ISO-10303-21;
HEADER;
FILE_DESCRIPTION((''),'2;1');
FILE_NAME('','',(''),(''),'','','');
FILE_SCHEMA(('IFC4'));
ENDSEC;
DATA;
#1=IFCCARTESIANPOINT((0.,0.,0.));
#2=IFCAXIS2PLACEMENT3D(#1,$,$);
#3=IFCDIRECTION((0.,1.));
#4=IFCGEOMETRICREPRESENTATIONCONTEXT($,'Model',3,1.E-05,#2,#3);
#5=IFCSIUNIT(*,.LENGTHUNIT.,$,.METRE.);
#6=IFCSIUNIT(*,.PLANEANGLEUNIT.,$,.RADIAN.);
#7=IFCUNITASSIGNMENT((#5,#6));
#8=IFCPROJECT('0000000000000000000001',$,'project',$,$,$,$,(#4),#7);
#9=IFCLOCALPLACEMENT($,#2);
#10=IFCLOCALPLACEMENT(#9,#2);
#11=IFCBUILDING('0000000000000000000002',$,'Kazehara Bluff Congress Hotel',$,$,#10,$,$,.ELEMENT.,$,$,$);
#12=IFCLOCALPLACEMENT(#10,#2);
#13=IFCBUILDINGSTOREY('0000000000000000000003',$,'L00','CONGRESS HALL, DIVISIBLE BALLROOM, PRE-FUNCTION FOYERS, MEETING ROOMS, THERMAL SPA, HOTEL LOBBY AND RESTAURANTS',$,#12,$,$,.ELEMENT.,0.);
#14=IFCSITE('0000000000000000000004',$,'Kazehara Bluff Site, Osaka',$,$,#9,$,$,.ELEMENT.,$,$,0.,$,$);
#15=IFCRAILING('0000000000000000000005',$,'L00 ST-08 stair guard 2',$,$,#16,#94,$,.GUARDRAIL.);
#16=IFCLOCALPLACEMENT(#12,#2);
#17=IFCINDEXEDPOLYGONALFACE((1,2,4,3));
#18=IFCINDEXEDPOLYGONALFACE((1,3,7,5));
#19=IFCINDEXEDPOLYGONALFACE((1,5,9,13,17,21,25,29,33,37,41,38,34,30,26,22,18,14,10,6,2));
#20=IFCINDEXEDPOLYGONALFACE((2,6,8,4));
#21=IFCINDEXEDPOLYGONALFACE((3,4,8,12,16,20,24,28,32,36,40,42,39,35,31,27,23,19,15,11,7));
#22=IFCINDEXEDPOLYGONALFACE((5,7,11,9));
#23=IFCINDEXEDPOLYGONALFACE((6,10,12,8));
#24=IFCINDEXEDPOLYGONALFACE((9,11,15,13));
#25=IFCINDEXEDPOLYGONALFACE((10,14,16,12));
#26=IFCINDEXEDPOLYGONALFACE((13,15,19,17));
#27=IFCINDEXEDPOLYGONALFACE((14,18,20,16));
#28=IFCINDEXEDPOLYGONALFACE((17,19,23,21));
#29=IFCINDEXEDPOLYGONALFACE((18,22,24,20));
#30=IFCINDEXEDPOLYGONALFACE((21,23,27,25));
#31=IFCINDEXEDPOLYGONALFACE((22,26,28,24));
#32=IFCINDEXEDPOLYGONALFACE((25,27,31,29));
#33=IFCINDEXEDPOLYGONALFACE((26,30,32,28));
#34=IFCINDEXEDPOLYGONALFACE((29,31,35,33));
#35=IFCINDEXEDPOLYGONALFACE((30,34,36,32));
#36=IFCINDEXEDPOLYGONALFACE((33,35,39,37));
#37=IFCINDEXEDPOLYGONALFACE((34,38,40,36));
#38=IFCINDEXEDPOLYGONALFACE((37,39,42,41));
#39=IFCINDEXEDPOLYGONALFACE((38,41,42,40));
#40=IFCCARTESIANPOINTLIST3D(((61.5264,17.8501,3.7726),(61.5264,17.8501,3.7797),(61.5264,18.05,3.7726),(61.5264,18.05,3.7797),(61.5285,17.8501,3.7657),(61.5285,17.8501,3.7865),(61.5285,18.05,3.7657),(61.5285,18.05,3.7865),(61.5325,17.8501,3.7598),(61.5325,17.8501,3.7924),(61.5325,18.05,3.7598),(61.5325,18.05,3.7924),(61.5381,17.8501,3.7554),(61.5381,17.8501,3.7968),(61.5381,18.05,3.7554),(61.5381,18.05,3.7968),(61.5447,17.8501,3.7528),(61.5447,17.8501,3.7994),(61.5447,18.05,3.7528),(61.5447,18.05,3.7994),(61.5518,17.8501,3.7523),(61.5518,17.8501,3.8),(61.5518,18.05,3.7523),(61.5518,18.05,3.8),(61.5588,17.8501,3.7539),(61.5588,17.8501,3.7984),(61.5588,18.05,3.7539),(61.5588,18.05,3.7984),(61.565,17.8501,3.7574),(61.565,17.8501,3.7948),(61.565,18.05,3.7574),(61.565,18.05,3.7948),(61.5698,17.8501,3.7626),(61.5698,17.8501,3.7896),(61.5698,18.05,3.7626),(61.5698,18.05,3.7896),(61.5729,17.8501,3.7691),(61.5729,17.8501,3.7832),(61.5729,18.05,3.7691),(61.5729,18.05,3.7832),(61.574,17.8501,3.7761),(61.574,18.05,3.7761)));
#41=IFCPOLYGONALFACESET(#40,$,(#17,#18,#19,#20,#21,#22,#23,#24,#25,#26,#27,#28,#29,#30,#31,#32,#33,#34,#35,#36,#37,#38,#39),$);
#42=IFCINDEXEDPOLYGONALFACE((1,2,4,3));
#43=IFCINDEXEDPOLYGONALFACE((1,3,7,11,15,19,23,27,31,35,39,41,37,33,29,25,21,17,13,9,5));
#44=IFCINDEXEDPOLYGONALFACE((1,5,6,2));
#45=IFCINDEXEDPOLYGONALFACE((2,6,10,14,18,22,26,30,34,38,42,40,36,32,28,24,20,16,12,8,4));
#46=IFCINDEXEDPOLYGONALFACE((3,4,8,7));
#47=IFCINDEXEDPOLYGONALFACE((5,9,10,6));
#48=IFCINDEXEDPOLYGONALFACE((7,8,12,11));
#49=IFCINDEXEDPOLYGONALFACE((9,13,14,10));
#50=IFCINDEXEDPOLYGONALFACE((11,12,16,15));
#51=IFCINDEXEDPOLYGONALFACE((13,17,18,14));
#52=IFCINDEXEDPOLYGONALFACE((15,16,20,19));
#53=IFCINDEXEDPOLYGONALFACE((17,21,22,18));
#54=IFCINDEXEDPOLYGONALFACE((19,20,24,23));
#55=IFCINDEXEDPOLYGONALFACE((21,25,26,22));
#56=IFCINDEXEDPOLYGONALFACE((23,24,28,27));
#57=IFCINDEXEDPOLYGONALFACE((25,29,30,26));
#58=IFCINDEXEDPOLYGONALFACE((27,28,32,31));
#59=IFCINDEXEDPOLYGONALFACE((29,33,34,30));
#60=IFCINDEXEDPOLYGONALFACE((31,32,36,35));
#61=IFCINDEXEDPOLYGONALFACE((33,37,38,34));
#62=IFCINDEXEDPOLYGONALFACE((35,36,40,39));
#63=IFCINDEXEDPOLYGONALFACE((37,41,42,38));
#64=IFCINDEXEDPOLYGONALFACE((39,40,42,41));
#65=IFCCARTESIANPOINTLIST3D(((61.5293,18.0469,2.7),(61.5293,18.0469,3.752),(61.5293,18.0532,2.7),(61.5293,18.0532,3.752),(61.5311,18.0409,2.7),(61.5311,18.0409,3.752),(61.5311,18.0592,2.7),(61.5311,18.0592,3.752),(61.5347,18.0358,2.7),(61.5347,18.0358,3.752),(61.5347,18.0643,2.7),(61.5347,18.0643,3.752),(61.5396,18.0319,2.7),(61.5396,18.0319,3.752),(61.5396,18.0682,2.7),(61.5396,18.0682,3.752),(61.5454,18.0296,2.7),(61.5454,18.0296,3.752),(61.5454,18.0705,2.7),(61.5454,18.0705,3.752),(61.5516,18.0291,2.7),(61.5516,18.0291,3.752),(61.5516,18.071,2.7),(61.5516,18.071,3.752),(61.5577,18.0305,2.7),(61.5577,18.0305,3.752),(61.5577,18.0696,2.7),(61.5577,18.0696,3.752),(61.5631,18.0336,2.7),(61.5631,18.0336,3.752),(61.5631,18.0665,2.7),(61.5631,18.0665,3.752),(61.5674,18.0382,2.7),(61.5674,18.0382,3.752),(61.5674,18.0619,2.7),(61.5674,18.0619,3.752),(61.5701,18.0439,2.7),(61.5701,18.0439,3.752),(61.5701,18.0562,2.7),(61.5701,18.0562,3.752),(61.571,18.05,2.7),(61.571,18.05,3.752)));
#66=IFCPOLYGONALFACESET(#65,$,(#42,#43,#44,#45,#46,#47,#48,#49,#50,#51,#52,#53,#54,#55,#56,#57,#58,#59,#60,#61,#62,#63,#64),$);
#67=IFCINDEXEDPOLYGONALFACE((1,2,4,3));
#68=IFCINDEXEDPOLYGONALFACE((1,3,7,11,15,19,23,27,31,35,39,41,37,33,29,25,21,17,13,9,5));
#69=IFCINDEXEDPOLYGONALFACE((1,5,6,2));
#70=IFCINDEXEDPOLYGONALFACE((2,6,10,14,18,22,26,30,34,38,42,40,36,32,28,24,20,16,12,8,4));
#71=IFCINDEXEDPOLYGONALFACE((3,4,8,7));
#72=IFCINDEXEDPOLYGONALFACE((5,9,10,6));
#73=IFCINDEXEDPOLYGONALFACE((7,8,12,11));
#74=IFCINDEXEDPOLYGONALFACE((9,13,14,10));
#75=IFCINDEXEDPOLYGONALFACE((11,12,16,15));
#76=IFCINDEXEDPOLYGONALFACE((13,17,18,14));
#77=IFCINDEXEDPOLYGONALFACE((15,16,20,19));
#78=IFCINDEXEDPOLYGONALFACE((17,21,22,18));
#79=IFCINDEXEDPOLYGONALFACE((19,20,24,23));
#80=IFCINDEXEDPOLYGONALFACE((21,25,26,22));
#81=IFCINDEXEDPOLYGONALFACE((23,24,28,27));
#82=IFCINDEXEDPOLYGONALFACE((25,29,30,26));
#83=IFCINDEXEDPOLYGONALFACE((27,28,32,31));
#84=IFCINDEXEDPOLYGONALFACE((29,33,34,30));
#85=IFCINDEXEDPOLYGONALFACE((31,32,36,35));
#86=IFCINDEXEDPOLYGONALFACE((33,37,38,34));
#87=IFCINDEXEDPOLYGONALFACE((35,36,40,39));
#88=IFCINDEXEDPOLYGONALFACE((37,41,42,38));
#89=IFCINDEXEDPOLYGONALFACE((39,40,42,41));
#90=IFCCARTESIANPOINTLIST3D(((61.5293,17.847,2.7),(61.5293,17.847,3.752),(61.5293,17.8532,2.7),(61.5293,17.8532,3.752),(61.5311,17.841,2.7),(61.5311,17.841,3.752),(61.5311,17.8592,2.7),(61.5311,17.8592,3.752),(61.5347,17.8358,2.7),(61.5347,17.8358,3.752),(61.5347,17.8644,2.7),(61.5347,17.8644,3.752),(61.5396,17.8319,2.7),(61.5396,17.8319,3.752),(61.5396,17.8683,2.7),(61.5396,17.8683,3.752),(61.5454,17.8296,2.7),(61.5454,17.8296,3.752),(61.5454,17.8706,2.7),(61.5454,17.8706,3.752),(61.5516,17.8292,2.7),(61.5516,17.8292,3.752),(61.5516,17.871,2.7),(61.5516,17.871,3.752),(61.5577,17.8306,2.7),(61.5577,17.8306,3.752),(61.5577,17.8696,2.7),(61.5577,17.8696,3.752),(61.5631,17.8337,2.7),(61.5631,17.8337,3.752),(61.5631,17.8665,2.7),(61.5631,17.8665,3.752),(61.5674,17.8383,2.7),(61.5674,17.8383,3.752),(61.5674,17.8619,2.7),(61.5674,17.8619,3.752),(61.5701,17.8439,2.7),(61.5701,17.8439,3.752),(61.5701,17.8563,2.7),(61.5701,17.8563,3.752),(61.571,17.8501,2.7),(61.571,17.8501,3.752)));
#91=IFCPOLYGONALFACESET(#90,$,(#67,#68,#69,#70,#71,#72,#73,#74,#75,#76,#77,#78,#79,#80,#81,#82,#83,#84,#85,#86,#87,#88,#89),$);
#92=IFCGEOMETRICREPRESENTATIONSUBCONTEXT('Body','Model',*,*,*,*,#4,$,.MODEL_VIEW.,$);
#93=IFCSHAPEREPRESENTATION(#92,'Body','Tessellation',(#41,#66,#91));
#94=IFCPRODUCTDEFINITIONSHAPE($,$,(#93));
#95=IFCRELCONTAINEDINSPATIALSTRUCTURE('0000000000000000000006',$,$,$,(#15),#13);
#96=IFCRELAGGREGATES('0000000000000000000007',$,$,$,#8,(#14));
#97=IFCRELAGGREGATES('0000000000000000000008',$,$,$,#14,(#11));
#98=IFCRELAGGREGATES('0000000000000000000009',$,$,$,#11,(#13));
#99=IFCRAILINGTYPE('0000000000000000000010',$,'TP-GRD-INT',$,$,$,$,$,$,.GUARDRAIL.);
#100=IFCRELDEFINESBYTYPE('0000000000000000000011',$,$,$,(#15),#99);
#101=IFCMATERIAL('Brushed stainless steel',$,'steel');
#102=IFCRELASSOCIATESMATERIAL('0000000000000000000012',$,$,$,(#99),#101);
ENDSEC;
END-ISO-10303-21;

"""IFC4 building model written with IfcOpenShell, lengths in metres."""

from ifc_helpers import new_model, si_unit, direction, frame, origin, origin_2d, place, context, subcontext, project, spatial, circle, extrude, material, type_object, element, save


model = new_model("IFC4")

# Units and contexts
model_context = context("Model", 3, precision=1e-05, world=origin(), true_north=direction((0.0, 1.0)))
body_context = subcontext(model_context, "Body", "Model", "MODEL_VIEW")
ifc_project = project(units=[si_unit("LENGTHUNIT", "METRE"), si_unit("PLANEANGLEUNIT", "RADIAN")], contexts=[model_context])

# Site, building, storey
site_placement = place(None, origin())
site = spatial("IfcSite", under=ifc_project, at=site_placement, Name="Kazehara Bluff Site, Osaka", CompositionType="ELEMENT", RefElevation=0.0)
building_placement = place(site_placement, origin())
building = spatial("IfcBuilding", under=site, at=building_placement, Name="Kazehara Bluff Congress Hotel", CompositionType="ELEMENT")
storey_placement = place(building_placement, origin())
storey = spatial("IfcBuildingStorey", under=building, at=storey_placement, Name="L00", Description="CONGRESS HALL, DIVISIBLE BALLROOM, PRE-FUNCTION FOYERS, MEETING ROOMS, THERMAL SPA, HOTEL LOBBY AND RESTAURANTS", CompositionType="ELEMENT", Elevation=0.0)

# Railing
ifc_material_1 = material(Name="Brushed stainless steel", Category="steel")
railing_type_1 = type_object("IfcRailingType", Name="TP-GRD-INT", PredefinedType="GUARDRAIL", material=ifc_material_1)
railing_1_placement = place(storey_placement, frame((61.55, 18.05, 2.7)))
element("IfcRailing", 1, at=railing_1_placement, inside=storey, type_object=railing_type_1, Name="L00 ST-08 stair guard 2", PredefinedType="GUARDRAIL", context=body_context, shape_type="SweptSolid", body=[
    extrude(circle(Radius=0.0239, at=origin_2d()), frame((0.0, 0.0, 1.0762), z_axis=(0.0, -1.0, 0.0), x_axis=(1.0, 0.0, 0.0)), (0.0, 0.0, 1.0), 0.2),
    extrude(circle(Radius=0.021, at=origin_2d()), origin(), (0.0, 0.0, 1.0), 1.052),
    extrude(circle(Radius=0.021, at=origin_2d()), frame((0.0, -0.2, 0.0)), (0.0, 0.0, 1.0), 1.052),
])

save(model, "model.ifc")
